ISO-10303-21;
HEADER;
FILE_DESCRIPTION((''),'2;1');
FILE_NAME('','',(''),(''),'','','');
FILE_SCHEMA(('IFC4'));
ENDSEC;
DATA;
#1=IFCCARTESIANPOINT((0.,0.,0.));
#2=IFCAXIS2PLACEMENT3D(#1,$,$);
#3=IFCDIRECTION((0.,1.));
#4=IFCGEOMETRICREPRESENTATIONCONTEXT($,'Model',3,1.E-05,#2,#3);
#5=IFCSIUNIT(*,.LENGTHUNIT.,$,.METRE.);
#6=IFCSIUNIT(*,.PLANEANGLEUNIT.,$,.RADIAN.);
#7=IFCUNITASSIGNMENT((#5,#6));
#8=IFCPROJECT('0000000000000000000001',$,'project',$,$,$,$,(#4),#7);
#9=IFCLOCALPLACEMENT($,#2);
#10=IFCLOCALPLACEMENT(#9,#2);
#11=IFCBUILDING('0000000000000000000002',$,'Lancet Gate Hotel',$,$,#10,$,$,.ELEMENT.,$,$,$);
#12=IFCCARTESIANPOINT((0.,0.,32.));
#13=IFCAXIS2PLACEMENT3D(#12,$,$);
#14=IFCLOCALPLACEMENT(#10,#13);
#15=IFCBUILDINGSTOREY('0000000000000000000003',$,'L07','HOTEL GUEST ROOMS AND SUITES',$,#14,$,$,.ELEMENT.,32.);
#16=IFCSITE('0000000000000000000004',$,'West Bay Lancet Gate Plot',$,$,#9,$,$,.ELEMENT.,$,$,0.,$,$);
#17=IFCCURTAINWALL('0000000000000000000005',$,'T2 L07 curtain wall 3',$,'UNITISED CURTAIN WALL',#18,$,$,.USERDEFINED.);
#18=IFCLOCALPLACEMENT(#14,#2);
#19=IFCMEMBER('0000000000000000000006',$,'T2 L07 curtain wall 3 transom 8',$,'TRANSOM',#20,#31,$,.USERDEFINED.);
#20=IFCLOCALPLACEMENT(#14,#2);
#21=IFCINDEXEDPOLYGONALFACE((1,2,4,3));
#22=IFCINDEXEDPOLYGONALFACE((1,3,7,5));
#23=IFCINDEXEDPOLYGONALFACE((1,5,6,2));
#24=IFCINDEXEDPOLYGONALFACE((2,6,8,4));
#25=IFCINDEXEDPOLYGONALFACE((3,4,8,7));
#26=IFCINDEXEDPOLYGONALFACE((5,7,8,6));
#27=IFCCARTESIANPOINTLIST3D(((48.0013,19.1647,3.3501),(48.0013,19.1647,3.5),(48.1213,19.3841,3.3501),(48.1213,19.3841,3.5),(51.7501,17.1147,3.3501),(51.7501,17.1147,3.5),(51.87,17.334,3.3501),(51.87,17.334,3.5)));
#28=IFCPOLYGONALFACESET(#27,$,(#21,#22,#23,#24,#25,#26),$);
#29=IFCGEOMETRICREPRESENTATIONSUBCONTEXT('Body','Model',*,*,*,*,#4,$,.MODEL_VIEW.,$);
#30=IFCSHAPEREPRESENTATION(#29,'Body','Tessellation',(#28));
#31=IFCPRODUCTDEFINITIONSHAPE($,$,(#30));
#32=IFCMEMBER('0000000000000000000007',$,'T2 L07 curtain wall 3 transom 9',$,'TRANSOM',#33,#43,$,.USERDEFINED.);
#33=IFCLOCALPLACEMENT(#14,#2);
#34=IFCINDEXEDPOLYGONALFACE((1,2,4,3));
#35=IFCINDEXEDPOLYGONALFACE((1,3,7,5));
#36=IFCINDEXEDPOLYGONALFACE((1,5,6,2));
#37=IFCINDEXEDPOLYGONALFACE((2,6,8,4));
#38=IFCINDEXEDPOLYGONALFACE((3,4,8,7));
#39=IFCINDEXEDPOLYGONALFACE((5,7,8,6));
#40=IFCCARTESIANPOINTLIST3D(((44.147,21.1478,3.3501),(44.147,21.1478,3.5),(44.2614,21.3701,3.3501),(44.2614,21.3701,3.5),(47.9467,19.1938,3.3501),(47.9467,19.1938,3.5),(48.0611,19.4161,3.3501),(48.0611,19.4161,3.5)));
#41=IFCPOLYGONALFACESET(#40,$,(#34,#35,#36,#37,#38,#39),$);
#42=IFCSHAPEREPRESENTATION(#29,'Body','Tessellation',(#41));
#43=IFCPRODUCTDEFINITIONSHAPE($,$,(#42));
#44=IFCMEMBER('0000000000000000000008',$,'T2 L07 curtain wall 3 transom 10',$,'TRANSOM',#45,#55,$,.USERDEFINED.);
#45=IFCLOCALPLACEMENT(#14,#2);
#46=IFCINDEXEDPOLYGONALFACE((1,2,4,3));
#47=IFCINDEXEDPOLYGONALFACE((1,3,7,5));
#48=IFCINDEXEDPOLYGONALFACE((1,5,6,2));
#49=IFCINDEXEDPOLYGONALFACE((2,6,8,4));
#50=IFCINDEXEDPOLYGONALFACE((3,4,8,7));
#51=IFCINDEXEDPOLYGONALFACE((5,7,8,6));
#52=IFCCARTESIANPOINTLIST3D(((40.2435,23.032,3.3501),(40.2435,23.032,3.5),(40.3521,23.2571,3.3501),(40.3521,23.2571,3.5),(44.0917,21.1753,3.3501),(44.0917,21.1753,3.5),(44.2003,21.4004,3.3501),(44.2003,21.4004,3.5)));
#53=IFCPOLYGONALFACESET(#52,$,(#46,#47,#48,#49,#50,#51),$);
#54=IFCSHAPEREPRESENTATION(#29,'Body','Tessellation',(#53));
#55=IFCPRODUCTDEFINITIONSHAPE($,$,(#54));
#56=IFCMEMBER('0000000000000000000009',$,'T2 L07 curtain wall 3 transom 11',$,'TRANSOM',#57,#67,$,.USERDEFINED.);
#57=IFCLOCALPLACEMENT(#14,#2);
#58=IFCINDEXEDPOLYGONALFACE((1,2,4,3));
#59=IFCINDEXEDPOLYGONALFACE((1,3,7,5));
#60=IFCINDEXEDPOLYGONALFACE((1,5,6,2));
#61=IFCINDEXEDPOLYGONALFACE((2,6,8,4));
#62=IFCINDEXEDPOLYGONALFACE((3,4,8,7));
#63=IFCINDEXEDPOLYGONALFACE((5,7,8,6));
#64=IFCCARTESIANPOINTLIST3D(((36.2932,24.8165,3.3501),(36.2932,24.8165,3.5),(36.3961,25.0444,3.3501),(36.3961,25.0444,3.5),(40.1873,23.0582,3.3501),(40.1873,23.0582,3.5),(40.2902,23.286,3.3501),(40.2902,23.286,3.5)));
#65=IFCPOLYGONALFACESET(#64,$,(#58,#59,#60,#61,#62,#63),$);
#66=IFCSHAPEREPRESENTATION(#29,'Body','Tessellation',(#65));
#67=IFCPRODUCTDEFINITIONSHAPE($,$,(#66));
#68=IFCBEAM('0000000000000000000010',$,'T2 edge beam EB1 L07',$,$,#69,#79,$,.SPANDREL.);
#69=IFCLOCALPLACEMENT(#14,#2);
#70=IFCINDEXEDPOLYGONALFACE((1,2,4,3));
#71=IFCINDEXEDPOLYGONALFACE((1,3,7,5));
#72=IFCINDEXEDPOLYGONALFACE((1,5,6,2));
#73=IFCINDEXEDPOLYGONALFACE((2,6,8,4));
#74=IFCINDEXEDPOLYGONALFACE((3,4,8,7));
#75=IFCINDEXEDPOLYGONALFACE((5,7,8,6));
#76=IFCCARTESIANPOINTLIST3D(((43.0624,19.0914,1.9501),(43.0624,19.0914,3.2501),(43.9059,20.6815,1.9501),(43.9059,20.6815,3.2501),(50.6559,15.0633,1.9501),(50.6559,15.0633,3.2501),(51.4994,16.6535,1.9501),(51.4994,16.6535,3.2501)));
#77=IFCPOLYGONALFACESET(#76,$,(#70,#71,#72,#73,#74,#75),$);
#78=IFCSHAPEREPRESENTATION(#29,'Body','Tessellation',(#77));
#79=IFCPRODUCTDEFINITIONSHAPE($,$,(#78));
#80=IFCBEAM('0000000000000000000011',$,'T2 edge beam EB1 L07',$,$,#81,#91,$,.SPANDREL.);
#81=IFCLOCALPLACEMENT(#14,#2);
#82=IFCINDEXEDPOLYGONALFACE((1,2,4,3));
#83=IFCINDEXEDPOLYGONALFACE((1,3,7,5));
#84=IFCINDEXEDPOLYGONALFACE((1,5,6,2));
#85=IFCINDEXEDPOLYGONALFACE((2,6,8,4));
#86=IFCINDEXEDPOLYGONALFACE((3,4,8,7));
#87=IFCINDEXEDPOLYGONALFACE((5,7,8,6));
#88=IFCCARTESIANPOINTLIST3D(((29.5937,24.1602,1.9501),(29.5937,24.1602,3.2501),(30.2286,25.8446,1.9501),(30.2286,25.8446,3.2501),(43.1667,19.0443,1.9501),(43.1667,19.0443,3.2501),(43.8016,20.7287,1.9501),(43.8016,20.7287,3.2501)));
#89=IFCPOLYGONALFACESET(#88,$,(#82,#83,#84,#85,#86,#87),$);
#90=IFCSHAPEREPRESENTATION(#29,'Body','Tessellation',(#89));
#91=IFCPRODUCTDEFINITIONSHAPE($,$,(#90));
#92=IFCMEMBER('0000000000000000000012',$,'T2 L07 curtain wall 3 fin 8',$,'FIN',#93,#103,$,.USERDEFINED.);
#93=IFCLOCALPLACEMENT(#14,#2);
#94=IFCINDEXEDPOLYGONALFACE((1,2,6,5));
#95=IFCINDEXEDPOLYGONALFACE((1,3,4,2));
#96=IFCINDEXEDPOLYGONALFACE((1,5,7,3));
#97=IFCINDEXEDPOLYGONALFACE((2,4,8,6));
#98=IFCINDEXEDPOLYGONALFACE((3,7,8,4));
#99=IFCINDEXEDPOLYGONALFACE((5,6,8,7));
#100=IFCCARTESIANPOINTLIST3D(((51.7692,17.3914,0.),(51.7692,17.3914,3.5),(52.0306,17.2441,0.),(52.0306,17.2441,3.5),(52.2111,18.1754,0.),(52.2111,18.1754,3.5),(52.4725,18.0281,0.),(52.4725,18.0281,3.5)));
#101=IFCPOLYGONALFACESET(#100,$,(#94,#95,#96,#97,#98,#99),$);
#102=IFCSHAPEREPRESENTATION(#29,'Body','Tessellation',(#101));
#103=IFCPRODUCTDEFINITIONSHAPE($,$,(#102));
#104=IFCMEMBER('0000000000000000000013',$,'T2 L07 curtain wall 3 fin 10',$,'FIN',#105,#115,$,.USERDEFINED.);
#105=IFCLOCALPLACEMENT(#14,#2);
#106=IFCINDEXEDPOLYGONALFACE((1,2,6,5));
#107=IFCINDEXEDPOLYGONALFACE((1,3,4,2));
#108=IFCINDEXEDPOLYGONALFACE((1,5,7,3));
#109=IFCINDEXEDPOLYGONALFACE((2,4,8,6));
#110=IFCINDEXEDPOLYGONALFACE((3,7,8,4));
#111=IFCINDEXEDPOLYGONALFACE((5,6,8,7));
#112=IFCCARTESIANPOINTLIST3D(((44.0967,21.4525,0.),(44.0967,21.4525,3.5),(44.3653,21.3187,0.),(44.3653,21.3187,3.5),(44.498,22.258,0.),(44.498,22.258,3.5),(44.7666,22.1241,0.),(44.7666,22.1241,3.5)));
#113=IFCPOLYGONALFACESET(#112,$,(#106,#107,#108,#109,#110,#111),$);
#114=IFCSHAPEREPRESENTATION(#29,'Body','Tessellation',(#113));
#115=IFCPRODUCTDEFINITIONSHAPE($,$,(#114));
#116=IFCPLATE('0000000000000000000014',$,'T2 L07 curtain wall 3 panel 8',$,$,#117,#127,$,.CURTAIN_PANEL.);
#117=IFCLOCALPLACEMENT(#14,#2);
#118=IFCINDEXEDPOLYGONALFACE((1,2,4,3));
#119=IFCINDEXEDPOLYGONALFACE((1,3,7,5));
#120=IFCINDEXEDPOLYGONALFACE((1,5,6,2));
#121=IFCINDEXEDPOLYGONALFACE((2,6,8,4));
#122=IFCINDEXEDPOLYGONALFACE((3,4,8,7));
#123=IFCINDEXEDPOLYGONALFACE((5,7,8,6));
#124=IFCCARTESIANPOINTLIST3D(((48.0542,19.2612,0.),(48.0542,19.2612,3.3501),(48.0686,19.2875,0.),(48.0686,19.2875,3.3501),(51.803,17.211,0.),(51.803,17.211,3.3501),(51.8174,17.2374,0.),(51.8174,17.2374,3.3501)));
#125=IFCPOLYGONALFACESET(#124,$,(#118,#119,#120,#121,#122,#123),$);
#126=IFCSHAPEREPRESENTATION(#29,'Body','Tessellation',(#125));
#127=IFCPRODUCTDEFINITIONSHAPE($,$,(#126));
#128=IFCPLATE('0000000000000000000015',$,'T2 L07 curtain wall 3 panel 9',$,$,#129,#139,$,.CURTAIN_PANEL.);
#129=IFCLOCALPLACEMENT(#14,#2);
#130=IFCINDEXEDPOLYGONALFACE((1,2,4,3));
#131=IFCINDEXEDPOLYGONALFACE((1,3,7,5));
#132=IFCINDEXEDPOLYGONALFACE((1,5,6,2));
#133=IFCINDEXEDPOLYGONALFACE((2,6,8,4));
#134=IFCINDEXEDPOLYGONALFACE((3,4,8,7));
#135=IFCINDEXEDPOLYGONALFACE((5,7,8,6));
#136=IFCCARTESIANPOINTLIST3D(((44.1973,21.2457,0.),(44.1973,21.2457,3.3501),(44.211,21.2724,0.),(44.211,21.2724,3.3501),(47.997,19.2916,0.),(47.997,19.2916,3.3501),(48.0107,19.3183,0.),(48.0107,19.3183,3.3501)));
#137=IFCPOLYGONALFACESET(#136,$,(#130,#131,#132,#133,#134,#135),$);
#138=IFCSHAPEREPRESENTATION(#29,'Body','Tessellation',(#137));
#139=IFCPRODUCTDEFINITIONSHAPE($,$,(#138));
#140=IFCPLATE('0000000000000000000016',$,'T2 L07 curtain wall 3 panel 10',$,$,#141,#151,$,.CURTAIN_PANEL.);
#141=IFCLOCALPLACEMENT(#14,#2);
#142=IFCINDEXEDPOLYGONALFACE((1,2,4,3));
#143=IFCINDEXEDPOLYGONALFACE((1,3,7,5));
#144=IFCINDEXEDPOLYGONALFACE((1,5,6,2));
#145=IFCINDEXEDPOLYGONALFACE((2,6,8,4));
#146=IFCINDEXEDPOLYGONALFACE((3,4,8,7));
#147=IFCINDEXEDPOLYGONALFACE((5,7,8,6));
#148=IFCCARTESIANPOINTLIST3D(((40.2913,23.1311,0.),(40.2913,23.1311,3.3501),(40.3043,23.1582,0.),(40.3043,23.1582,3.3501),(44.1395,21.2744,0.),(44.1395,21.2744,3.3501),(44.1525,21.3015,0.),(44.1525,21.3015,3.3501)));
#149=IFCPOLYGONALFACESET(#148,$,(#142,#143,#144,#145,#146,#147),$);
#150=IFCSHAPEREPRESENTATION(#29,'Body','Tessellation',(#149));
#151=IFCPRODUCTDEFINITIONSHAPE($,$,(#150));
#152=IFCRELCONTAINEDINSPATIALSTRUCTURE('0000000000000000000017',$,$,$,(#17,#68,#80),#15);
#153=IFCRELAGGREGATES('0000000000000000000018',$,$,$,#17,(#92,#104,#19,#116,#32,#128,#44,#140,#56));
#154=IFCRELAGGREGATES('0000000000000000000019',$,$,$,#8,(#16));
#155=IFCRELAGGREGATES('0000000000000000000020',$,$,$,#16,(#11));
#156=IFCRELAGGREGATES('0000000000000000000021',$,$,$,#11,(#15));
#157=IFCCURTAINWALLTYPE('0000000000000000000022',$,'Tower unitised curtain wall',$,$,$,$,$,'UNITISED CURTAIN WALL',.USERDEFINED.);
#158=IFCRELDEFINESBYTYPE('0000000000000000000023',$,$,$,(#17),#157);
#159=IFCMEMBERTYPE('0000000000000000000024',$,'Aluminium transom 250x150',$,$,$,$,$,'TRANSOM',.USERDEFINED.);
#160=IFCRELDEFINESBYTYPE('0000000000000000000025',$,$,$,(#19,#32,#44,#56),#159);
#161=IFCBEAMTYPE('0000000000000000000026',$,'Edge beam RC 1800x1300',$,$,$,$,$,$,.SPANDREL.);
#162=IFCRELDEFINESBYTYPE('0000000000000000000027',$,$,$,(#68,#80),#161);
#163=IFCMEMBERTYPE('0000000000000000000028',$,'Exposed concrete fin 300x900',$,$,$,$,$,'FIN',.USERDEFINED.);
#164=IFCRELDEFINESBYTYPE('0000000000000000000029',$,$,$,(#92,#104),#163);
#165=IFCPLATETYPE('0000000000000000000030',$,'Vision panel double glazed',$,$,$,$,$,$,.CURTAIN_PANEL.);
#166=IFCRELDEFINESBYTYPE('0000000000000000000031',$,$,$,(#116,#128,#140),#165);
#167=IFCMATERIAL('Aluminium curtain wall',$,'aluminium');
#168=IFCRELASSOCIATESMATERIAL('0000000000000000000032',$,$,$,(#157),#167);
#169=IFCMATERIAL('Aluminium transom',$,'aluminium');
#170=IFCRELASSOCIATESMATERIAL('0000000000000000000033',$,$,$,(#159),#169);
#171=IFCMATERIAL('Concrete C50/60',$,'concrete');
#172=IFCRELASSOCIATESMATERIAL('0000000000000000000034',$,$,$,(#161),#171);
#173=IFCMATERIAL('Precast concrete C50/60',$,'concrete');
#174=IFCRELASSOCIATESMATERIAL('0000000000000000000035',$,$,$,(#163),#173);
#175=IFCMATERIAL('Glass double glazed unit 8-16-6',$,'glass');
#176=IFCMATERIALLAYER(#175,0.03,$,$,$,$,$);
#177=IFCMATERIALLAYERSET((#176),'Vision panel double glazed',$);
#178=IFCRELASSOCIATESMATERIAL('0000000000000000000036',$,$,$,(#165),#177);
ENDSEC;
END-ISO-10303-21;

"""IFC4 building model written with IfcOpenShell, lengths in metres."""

from ifc_helpers import new_model, si_unit, direction, frame, origin, origin_2d, place, context, subcontext, project, spatial, rectangle, extrude, material, layer, layer_set, material_profile, profile_set, type_object, element, aggregate, save


model = new_model("IFC4")

# Units and contexts
model_context = context("Model", 3, precision=1e-05, world=origin(), true_north=direction((0.0, 1.0)))
body_context = subcontext(model_context, "Body", "Model", "MODEL_VIEW")
ifc_project = project(units=[si_unit("LENGTHUNIT", "METRE"), si_unit("PLANEANGLEUNIT", "RADIAN")], contexts=[model_context])

# Site, building, storey
site_placement = place(None, origin())
site = spatial("IfcSite", under=ifc_project, at=site_placement, Name="West Bay Lancet Gate Plot", CompositionType="ELEMENT", RefElevation=0.0)
building_placement = place(site_placement, origin())
building = spatial("IfcBuilding", under=site, at=building_placement, Name="Lancet Gate Hotel", CompositionType="ELEMENT")
storey_placement = place(building_placement, frame((0.0, 0.0, 32.0)))
storey = spatial("IfcBuildingStorey", under=building, at=storey_placement, Name="L07", Description="HOTEL GUEST ROOMS AND SUITES", CompositionType="ELEMENT", Elevation=32.0)

# Curtain wall, members
ifc_material_1 = material(Name="Aluminium curtain wall", Category="aluminium")
curtain_wall_type = type_object("IfcCurtainWallType", Name="Tower unitised curtain wall", ElementType="UNITISED CURTAIN WALL", PredefinedType="USERDEFINED", material=ifc_material_1)
curtain_wall_placement = place(storey_placement, origin())
curtain_wall = element("IfcCurtainWall", 1, at=curtain_wall_placement, inside=storey, type_object=curtain_wall_type, Name="T2 L07 curtain wall 3", ObjectType="UNITISED CURTAIN WALL", PredefinedType="USERDEFINED")
ifc_material_2 = material(Name="Aluminium transom", Category="aluminium")
ifc_material_profile_1 = material_profile(ifc_material_2, rectangle(XDim=0.25, YDim=0.1499, at=origin_2d()), Name="TRANSOM 250x150")
ifc_profile_set_1 = profile_set([ifc_material_profile_1], Name="Aluminium transom")
member_type_1 = type_object("IfcMemberType", Name="Aluminium transom 250x150", ElementType="TRANSOM", PredefinedType="USERDEFINED", material=ifc_profile_set_1)
member_1_placement = place(storey_placement, frame((51.8101, 17.2244, 3.425), z_axis=(-0.877378, 0.479801, 0.0), x_axis=(-0.479801, -0.877378, 0.0)))
member_1 = element("IfcMember", 2, at=member_1_placement, type_object=member_type_1, Name="T2 L07 curtain wall 3 transom 8", ObjectType="TRANSOM", PredefinedType="USERDEFINED", context=body_context, shape_type="SweptSolid", body=[
    extrude(rectangle(XDim=0.25, YDim=0.1499, at=origin_2d()), origin(), (0.0, 0.0, 1.0), 4.2727),
])
member_2_placement = place(storey_placement, frame((48.0039, 19.3049, 3.425), z_axis=(-0.889296, 0.457333, 0.0), x_axis=(-0.457333, -0.889296, 0.0)))
member_2 = element("IfcMember", 3, at=member_2_placement, type_object=member_type_1, Name="T2 L07 curtain wall 3 transom 9", ObjectType="TRANSOM", PredefinedType="USERDEFINED", context=body_context, shape_type="SweptSolid", body=[
    extrude(rectangle(XDim=0.25, YDim=0.1499, at=origin_2d()), origin(), (0.0, 0.0, 1.0), 4.2727),
])
member_3_placement = place(storey_placement, frame((44.146, 21.2878, 3.425), z_axis=(-0.900646, 0.434553, 0.0), x_axis=(-0.434553, -0.900646, 0.0)))
member_3 = element("IfcMember", 4, at=member_3_placement, type_object=member_type_1, Name="T2 L07 curtain wall 3 transom 10", ObjectType="TRANSOM", PredefinedType="USERDEFINED", context=body_context, shape_type="SweptSolid", body=[
    extrude(rectangle(XDim=0.25, YDim=0.1499, at=origin_2d()), origin(), (0.0, 0.0, 1.0), 4.2727),
])
member_4_placement = place(storey_placement, frame((40.2388, 23.1721, 3.425), z_axis=(-0.911397, 0.411529, 0.0), x_axis=(-0.411529, -0.911397, 0.0)))
member_4 = element("IfcMember", 5, at=member_4_placement, type_object=member_type_1, Name="T2 L07 curtain wall 3 transom 11", ObjectType="TRANSOM", PredefinedType="USERDEFINED", context=body_context, shape_type="SweptSolid", body=[
    extrude(rectangle(XDim=0.25, YDim=0.1499, at=origin_2d()), origin(), (0.0, 0.0, 1.0), 4.2727),
])

# Beams
ifc_material_3 = material(Name="Concrete C50/60", Category="concrete")
ifc_material_profile_2 = material_profile(ifc_material_3, rectangle(XDim=1.8, YDim=1.3, at=origin_2d()), Name="RC 1800x1300")
ifc_profile_set_2 = profile_set([ifc_material_profile_2], Name="Concrete C50/60")
beam_type = type_object("IfcBeamType", Name="Edge beam RC 1800x1300", PredefinedType="SPANDREL", material=ifc_profile_set_2)
beam_1_placement = place(storey_placement, frame((51.0776, 15.8584, 2.6001), z_axis=(-0.883403, 0.468613, 0.0), x_axis=(-0.468613, -0.883403, 0.0)))
element("IfcBeam", 6, at=beam_1_placement, inside=storey, type_object=beam_type, Name="T2 edge beam EB1 L07", PredefinedType="SPANDREL", context=body_context, shape_type="SweptSolid", body=[
    extrude(rectangle(XDim=1.8, YDim=1.3, at=origin_2d()), origin(), (0.0, 0.0, 1.0), 8.5957),
])
beam_2_placement = place(storey_placement, frame((43.4841, 19.8865, 2.6001), z_axis=(-0.935736, 0.3527, 0.0), x_axis=(-0.3527, -0.935736, 0.0)))
element("IfcBeam", 7, at=beam_2_placement, inside=storey, type_object=beam_type, Name="T2 edge beam EB1 L07", PredefinedType="SPANDREL", context=body_context, shape_type="SweptSolid", body=[
    extrude(rectangle(XDim=1.8, YDim=1.3, at=origin_2d()), origin(), (0.0, 0.0, 1.0), 14.5051),
])

# Members
ifc_material_4 = material(Name="Precast concrete C50/60", Category="concrete")
ifc_material_profile_3 = material_profile(ifc_material_4, rectangle(XDim=0.3, YDim=0.8999, at=origin_2d()), Name="FIN 300x900")
ifc_profile_set_3 = profile_set([ifc_material_profile_3], Name="Precast concrete C50/60")
member_type_2 = type_object("IfcMemberType", Name="Exposed concrete fin 300x900", ElementType="FIN", PredefinedType="USERDEFINED", material=ifc_profile_set_3)
member_5_placement = place(storey_placement, frame((52.1208, 17.7097, 0.0), z_axis=(0.0, 0.0, 1.0), x_axis=(-0.87119, 0.490945, 0.0)))
member_5 = element("IfcMember", 8, at=member_5_placement, type_object=member_type_2, Name="T2 L07 curtain wall 3 fin 8", ObjectType="FIN", PredefinedType="USERDEFINED", context=body_context, shape_type="SweptSolid", body=[
    extrude(rectangle(XDim=0.3, YDim=0.8999, at=origin_2d()), origin(), (0.0, 0.0, 1.0), 3.5),
])
member_6_placement = place(storey_placement, frame((44.4316, 21.7883, 0.0), z_axis=(0.0, 0.0, 1.0), x_axis=(-0.895044, 0.445978, 0.0)))
member_6 = element("IfcMember", 9, at=member_6_placement, type_object=member_type_2, Name="T2 L07 curtain wall 3 fin 10", ObjectType="FIN", PredefinedType="USERDEFINED", context=body_context, shape_type="SweptSolid", body=[
    extrude(rectangle(XDim=0.3, YDim=0.8999, at=origin_2d()), origin(), (0.0, 0.0, 1.0), 3.5),
])

# Plates
ifc_material_5 = material(Name="Glass double glazed unit 8-16-6", Category="glass")
ifc_layer = layer(ifc_material_5, 0.03)
ifc_layer_set = layer_set([ifc_layer], Name="Vision panel double glazed")
plate_type = type_object("IfcPlateType", Name="Vision panel double glazed", PredefinedType="CURTAIN_PANEL", material=ifc_layer_set)
plate_1_placement = place(storey_placement, frame((49.9358, 18.2493, 0.0), z_axis=(0.0, 0.0, 1.0), x_axis=(-0.877368, 0.479818, 0.0)))
plate_1 = element("IfcPlate", 10, at=plate_1_placement, type_object=plate_type, Name="T2 L07 curtain wall 3 panel 8", PredefinedType="CURTAIN_PANEL", context=body_context, shape_type="SweptSolid", body=[
    extrude(rectangle(XDim=4.2727, YDim=0.03, at=origin_2d()), origin(), (0.0, 0.0, 1.0), 3.3501),
])
plate_2_placement = place(storey_placement, frame((46.104, 20.282, 0.0), z_axis=(0.0, 0.0, 1.0), x_axis=(-0.889296, 0.457332, 0.0)))
plate_2 = element("IfcPlate", 11, at=plate_2_placement, type_object=plate_type, Name="T2 L07 curtain wall 3 panel 9", PredefinedType="CURTAIN_PANEL", context=body_context, shape_type="SweptSolid", body=[
    extrude(rectangle(XDim=4.2727, YDim=0.03, at=origin_2d()), origin(), (0.0, 0.0, 1.0), 3.3501),
])
plate_3_placement = place(storey_placement, frame((42.2219, 22.2163, 0.0), z_axis=(0.0, 0.0, 1.0), x_axis=(-0.900647, 0.43455, 0.0)))
plate_3 = element("IfcPlate", 12, at=plate_3_placement, type_object=plate_type, Name="T2 L07 curtain wall 3 panel 10", PredefinedType="CURTAIN_PANEL", context=body_context, shape_type="SweptSolid", body=[
    extrude(rectangle(XDim=4.2727, YDim=0.03, at=origin_2d()), origin(), (0.0, 0.0, 1.0), 3.3501),
])
aggregate(curtain_wall, [member_5, member_6, member_1, plate_1, member_2, plate_2, member_3, plate_3, member_4])

save(model, "model.ifc")
